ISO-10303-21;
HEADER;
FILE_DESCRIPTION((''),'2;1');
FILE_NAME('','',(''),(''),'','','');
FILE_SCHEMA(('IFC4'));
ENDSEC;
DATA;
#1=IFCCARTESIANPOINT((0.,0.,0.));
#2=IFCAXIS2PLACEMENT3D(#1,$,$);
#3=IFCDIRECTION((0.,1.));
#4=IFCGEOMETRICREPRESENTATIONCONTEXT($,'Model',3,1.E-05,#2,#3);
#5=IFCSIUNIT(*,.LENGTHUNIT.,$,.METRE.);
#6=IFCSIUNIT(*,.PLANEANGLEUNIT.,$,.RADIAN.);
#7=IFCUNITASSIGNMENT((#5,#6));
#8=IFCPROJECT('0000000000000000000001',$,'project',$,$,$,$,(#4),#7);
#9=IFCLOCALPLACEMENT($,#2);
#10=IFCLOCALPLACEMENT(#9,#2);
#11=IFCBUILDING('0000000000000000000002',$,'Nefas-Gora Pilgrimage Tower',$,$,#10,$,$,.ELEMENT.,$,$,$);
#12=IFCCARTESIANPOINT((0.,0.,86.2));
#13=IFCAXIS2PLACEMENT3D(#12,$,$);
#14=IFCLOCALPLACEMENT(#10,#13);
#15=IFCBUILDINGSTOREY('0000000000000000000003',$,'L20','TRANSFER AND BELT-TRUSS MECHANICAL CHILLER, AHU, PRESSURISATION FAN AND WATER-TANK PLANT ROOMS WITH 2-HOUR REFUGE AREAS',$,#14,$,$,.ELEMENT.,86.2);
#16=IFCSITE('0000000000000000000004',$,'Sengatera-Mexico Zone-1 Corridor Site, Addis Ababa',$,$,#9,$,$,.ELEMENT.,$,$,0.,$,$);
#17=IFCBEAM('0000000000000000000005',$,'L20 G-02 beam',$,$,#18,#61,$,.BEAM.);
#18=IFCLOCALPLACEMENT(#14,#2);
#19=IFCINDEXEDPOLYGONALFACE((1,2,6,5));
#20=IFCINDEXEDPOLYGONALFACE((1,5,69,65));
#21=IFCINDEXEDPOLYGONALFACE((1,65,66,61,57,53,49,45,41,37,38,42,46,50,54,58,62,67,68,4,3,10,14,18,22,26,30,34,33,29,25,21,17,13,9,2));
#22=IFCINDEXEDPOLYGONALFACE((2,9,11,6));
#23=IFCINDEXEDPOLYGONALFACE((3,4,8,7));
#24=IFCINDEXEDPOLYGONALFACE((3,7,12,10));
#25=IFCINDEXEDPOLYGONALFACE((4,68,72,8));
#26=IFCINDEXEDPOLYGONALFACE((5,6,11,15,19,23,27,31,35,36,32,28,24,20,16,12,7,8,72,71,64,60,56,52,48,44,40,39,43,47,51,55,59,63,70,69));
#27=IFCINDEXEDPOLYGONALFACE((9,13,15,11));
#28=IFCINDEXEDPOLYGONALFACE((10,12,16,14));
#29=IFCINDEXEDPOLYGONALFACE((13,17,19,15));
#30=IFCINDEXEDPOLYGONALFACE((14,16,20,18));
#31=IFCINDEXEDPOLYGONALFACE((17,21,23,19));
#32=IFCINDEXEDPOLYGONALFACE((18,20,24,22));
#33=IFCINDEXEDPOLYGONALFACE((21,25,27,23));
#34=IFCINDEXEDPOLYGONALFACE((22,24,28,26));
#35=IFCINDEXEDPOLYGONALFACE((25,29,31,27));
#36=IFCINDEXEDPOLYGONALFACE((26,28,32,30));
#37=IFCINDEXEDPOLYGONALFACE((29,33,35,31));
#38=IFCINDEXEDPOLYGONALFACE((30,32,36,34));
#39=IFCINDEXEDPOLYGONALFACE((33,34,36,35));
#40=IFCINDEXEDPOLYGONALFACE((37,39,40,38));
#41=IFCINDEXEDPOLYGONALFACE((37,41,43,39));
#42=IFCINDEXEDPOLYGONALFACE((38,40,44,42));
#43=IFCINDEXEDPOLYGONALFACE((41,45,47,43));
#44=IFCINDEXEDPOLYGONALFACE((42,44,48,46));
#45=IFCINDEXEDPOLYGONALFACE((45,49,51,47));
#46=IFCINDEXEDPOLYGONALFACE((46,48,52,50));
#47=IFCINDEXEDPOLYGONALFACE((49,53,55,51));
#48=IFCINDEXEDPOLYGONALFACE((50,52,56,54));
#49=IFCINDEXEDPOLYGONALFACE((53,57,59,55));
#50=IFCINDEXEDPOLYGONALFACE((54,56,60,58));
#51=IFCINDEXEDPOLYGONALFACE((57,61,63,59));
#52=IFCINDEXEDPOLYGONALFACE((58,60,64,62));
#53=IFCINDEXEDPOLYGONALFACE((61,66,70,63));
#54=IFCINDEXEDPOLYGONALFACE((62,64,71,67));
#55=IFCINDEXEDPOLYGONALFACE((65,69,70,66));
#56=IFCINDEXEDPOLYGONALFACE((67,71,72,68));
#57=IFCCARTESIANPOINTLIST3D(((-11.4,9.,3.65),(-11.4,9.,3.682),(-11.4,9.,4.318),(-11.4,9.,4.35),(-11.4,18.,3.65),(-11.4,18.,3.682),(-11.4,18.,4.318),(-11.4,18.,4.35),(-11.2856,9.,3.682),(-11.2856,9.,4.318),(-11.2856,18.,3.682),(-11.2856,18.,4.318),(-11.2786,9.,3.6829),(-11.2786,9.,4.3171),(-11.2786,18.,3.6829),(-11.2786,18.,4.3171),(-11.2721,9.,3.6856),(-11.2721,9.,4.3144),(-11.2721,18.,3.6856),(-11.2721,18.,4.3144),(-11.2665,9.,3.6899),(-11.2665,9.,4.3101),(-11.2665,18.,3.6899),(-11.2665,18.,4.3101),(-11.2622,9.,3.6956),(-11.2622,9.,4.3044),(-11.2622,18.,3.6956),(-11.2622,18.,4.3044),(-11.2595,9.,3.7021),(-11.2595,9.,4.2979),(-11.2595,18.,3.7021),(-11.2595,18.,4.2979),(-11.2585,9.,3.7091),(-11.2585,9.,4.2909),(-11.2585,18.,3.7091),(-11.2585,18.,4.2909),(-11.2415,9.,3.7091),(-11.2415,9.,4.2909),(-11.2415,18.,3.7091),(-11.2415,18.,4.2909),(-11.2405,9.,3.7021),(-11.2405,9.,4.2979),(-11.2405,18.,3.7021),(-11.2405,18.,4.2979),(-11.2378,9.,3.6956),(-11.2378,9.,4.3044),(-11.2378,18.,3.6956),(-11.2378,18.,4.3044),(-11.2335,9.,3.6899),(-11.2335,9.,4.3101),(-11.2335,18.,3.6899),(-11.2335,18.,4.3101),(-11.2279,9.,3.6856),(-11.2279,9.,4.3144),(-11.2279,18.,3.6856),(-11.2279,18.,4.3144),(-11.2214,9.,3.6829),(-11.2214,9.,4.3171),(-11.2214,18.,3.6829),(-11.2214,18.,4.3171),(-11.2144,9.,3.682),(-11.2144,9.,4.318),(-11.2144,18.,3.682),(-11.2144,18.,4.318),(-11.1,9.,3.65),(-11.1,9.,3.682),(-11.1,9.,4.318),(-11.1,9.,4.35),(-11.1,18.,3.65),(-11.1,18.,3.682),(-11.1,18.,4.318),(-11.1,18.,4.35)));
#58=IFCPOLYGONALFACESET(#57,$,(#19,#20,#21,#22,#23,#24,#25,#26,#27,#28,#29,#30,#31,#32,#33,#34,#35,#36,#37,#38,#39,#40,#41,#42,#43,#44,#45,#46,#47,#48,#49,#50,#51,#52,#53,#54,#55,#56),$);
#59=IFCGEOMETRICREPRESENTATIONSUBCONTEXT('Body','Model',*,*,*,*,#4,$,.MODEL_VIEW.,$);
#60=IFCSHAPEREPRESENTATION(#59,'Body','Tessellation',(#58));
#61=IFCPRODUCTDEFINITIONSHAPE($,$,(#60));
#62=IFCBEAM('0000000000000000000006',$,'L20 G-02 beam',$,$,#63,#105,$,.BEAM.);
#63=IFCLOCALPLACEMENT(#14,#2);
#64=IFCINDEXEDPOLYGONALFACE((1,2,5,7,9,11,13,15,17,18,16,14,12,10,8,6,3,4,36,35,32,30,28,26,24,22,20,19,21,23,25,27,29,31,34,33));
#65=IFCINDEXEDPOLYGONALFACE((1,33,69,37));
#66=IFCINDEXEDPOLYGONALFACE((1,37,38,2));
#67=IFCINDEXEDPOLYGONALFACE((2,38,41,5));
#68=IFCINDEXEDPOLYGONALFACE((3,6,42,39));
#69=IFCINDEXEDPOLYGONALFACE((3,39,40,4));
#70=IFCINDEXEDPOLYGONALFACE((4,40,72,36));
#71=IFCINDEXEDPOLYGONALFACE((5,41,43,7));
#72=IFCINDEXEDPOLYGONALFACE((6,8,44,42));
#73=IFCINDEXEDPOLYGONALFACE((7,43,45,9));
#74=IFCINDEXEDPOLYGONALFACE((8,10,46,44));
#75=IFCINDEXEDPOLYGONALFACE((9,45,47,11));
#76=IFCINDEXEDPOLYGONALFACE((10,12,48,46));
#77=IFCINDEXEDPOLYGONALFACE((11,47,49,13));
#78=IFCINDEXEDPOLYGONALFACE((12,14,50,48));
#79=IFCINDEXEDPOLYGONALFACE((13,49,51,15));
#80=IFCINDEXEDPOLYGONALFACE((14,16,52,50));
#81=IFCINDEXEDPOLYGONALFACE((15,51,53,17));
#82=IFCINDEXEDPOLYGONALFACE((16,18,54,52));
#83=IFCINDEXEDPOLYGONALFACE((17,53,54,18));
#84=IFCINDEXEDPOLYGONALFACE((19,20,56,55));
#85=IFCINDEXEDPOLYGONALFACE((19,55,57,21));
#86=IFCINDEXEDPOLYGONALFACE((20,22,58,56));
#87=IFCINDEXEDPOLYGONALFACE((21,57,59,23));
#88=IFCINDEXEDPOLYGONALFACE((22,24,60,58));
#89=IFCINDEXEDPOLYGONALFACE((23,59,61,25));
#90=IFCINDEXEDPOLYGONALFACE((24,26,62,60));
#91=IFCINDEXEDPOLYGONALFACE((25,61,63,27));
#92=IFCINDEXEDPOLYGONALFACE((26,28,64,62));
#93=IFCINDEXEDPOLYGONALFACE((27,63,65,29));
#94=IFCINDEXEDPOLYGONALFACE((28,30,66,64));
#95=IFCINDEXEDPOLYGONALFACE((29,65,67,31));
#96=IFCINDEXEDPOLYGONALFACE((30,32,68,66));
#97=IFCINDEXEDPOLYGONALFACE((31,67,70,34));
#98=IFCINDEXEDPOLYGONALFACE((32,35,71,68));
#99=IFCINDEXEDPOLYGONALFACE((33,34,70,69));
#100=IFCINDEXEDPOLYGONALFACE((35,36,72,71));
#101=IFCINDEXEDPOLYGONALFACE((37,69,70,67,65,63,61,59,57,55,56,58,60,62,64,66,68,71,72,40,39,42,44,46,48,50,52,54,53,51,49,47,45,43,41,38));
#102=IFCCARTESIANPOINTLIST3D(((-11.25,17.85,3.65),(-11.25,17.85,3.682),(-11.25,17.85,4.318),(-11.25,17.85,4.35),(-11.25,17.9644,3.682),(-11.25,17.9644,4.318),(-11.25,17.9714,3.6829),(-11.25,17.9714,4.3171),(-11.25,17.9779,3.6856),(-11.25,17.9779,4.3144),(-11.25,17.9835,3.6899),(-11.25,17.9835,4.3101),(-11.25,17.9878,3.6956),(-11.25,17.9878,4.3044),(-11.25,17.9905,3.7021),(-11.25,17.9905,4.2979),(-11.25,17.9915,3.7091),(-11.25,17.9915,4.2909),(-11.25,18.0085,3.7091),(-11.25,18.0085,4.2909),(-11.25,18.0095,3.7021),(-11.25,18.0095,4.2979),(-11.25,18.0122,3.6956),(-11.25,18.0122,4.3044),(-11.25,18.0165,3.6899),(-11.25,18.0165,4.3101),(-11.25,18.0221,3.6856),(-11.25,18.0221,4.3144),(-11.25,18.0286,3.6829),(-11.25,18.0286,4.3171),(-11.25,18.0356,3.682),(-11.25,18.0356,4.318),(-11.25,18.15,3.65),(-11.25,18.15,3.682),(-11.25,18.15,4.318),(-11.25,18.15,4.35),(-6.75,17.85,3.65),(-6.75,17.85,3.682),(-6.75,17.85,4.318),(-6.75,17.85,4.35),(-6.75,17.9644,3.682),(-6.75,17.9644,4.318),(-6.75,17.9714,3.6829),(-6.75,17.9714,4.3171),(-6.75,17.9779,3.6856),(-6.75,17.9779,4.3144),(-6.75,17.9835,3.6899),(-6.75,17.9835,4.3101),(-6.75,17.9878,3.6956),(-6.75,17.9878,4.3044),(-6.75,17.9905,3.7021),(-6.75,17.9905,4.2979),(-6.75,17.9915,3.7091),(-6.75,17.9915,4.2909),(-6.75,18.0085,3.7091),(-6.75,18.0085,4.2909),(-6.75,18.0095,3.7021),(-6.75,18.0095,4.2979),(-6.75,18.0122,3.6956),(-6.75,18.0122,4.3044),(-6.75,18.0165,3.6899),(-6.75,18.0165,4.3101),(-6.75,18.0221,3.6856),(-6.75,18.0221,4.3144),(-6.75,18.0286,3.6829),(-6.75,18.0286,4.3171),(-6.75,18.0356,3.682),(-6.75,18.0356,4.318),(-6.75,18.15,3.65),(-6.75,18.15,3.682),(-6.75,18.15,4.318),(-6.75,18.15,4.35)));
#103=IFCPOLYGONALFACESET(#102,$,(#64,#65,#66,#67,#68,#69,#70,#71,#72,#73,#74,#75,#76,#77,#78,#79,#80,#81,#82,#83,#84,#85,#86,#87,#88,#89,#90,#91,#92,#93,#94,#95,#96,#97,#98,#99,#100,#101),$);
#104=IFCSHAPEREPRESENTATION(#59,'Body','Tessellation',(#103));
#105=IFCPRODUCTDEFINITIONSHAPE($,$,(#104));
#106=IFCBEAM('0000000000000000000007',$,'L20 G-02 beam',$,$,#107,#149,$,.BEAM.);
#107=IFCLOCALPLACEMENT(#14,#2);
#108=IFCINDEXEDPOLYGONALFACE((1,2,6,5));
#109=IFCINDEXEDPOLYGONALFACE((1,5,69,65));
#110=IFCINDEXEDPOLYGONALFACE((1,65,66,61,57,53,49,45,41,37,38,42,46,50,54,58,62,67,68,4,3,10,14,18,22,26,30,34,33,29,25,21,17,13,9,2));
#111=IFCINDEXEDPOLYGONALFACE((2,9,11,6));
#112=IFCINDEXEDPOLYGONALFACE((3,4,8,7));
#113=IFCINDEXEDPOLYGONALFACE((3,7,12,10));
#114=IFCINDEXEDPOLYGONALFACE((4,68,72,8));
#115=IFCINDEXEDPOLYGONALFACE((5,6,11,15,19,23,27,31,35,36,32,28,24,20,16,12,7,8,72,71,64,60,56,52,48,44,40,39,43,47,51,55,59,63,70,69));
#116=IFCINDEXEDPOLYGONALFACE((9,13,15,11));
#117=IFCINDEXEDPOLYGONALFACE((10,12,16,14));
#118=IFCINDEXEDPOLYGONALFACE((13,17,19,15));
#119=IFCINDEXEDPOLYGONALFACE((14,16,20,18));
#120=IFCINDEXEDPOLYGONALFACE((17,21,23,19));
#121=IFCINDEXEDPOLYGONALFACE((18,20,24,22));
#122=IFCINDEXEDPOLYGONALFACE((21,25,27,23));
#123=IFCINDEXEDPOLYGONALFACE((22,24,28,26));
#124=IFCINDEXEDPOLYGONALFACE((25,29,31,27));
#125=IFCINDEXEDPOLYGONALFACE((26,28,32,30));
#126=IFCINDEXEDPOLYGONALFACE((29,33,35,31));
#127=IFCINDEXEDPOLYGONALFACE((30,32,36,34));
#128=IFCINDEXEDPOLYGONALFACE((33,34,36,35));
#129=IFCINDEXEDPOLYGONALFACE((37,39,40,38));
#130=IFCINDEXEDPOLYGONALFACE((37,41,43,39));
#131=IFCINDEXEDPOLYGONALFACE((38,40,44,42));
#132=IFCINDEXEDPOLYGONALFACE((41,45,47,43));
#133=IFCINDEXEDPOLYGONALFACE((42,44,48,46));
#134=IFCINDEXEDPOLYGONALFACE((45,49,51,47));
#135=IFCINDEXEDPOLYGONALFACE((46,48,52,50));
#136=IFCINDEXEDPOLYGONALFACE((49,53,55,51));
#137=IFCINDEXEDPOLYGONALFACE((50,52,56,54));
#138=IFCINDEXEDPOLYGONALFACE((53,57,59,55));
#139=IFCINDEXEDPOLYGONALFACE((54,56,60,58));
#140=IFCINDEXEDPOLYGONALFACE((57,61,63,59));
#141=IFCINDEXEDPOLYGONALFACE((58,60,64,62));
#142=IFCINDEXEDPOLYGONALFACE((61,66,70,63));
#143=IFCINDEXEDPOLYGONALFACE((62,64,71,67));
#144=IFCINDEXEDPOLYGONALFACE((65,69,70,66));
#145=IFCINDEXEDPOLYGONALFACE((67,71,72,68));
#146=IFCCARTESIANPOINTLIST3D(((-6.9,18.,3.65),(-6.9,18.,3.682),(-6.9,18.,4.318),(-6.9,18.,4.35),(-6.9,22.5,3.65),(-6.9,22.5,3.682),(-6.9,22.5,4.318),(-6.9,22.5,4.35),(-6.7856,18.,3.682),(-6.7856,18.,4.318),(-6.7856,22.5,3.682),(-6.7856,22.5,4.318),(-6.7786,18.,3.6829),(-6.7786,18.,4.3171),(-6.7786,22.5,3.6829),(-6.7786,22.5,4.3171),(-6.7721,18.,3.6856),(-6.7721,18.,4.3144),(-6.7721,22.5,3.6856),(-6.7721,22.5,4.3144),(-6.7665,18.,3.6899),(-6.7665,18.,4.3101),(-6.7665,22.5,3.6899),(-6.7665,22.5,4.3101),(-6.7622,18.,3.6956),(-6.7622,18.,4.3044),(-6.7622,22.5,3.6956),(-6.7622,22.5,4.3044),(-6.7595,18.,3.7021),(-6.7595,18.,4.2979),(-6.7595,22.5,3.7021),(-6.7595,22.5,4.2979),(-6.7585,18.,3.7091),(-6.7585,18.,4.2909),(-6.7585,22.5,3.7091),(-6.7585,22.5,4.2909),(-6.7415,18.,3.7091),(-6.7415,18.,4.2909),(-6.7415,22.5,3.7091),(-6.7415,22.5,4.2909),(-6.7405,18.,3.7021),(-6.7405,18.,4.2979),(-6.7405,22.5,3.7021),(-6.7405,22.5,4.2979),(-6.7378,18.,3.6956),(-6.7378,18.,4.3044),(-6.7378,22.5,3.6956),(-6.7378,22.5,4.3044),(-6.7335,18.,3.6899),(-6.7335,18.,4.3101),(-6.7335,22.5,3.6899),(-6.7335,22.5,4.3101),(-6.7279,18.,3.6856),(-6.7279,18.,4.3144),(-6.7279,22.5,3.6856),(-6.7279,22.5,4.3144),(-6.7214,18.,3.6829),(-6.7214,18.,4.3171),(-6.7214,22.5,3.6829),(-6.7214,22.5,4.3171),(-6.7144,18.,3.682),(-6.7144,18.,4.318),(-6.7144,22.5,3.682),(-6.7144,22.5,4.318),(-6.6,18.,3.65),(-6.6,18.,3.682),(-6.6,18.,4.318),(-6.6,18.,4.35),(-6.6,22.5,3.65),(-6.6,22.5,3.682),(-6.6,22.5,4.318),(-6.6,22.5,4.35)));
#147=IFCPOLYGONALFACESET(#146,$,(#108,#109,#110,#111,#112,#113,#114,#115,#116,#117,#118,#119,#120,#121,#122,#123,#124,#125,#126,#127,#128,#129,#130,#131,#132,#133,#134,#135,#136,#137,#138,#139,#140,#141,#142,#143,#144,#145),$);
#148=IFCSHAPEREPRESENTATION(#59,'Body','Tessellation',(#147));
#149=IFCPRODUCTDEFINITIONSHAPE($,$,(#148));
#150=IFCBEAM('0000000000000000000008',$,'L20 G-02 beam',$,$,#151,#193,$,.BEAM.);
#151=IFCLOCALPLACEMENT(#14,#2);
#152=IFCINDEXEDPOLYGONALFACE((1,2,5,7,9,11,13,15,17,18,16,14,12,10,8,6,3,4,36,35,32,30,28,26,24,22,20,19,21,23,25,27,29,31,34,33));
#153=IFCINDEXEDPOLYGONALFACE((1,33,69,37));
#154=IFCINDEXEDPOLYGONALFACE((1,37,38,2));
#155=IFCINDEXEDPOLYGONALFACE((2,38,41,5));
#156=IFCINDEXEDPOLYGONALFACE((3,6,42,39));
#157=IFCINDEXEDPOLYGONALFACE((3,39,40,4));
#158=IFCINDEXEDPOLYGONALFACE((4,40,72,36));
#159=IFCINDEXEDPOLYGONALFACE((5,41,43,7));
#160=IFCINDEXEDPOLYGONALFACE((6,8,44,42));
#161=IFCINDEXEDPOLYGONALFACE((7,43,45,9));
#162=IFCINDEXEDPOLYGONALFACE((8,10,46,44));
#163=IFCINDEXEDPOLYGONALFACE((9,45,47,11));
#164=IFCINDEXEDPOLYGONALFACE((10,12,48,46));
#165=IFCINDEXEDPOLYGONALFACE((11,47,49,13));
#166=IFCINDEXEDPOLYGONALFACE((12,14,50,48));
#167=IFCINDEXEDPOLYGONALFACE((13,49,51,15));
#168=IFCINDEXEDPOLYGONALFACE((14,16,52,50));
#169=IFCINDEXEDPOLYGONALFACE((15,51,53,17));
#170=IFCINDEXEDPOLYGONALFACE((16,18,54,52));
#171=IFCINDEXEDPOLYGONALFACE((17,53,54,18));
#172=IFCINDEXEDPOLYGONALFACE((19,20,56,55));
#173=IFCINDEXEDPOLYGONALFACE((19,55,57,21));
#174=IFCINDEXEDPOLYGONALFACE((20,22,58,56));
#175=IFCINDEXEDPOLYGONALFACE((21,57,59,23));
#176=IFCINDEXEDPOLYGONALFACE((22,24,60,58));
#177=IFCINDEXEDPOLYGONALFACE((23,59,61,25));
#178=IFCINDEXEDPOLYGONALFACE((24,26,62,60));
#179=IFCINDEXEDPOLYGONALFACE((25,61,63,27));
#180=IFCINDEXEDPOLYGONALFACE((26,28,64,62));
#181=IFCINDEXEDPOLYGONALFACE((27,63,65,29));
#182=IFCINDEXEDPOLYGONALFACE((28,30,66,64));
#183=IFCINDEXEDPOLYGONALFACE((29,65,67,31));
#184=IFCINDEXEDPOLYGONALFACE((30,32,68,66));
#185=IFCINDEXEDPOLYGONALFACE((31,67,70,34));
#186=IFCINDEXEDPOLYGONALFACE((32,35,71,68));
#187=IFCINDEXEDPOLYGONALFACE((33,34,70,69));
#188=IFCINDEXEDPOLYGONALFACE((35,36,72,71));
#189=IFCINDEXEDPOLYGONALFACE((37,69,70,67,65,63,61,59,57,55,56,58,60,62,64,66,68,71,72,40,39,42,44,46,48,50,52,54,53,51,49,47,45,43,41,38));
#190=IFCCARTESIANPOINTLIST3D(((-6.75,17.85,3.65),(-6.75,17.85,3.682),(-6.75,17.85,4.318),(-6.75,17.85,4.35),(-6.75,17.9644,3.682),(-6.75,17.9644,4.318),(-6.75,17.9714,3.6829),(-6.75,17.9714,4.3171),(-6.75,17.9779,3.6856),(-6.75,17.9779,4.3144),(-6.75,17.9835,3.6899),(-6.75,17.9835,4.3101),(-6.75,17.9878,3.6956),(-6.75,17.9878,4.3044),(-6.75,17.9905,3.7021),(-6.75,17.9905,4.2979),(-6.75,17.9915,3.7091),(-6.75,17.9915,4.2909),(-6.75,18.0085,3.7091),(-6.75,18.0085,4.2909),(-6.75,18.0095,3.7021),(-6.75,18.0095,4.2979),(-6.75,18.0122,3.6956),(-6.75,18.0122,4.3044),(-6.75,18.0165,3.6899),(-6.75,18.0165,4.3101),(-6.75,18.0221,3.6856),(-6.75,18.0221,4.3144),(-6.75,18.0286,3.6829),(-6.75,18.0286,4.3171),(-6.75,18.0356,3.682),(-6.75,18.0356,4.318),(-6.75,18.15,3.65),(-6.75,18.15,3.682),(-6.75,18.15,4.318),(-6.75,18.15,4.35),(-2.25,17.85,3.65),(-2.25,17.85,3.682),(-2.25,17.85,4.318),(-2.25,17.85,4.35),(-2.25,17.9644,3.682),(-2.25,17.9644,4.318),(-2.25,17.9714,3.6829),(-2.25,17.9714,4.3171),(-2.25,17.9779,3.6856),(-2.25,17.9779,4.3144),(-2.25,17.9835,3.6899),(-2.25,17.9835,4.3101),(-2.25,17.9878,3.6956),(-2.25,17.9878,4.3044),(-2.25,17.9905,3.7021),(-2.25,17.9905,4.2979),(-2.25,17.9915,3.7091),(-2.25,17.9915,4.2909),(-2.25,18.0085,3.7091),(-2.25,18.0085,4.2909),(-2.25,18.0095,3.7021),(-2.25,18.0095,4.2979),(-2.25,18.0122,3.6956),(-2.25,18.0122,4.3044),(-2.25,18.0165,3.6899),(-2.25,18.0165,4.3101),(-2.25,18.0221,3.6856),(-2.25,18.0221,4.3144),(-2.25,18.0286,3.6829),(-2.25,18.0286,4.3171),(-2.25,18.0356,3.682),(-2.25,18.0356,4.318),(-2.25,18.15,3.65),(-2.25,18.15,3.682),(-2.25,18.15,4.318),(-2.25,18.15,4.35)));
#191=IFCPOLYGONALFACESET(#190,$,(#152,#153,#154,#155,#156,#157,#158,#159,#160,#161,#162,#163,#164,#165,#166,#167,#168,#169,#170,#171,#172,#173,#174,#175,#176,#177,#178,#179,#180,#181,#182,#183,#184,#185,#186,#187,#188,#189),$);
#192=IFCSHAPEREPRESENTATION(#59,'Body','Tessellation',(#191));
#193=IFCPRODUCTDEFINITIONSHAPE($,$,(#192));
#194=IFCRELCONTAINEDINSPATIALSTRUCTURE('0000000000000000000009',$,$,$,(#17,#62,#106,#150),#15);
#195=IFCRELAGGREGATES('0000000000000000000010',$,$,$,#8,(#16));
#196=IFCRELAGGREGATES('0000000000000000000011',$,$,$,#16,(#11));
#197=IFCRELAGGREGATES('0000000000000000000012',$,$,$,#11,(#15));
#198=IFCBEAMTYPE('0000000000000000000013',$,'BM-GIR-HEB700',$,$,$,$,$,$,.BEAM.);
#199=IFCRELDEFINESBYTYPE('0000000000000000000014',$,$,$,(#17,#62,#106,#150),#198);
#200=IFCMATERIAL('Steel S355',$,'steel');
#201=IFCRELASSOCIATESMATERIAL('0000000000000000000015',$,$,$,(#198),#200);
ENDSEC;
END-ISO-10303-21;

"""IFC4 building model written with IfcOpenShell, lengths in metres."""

from ifc_helpers import new_model, si_unit, direction, frame, origin, origin_2d, place, context, subcontext, project, spatial, i_section, extrude, source, transform, mapped, material, material_profile, profile_set, type_object, element, save


model = new_model("IFC4")

# Units and contexts
model_context = context("Model", 3, precision=1e-05, world=origin(), true_north=direction((0.0, 1.0)))
body_context = subcontext(model_context, "Body", "Model", "MODEL_VIEW")
ifc_project = project(units=[si_unit("LENGTHUNIT", "METRE"), si_unit("PLANEANGLEUNIT", "RADIAN")], contexts=[model_context])

# Site, building, storey
site_placement = place(None, origin())
site = spatial("IfcSite", under=ifc_project, at=site_placement, Name="Sengatera-Mexico Zone-1 Corridor Site, Addis Ababa", CompositionType="ELEMENT", RefElevation=0.0)
building_placement = place(site_placement, origin())
building = spatial("IfcBuilding", under=site, at=building_placement, Name="Nefas-Gora Pilgrimage Tower", CompositionType="ELEMENT")
storey_placement = place(building_placement, frame((0.0, 0.0, 86.2)))
storey = spatial("IfcBuildingStorey", under=building, at=storey_placement, Name="L20", Description="TRANSFER AND BELT-TRUSS MECHANICAL CHILLER, AHU, PRESSURISATION FAN AND WATER-TANK PLANT ROOMS WITH 2-HOUR REFUGE AREAS", CompositionType="ELEMENT", Elevation=86.2)

# Beams
ifc_material_1 = material(Name="Steel S355", Category="steel")
ifc_material_profile_1 = material_profile(ifc_material_1, i_section(OverallWidth=0.3, OverallDepth=0.7, WebThickness=0.0171, FlangeThickness=0.032, FilletRadius=0.0271, at=origin_2d()), Name="HEB 700")
ifc_profile_set_1 = profile_set([ifc_material_profile_1], Name="Steel S355")
beam_type_1 = type_object("IfcBeamType", Name="BM-GIR-HEB700", PredefinedType="BEAM", material=ifc_profile_set_1)
shared_shape_1 = source(origin(), body_context, "Body", "SweptSolid", [
    extrude(i_section(OverallWidth=0.3, OverallDepth=0.7, WebThickness=0.0171, FlangeThickness=0.032, FilletRadius=0.0271, at=origin_2d()), origin(), (0.0, 0.0, 1.0), 9.0),
])
beam_1_placement = place(storey_placement, frame((-11.25, 9.0, 4.0), z_axis=(0.0, 1.0, 0.0), x_axis=(-1.0, 0.0, 0.0)))
element("IfcBeam", 1, at=beam_1_placement, inside=storey, type_object=beam_type_1, Name="L20 G-02 beam", PredefinedType="BEAM", context=body_context, shape_type="MappedRepresentation", body=[
    mapped(shared_shape_1, transform((0.0, 0.0, 0.0), x_axis=(1.0, 0.0, 0.0), y_axis=(0.0, 1.0, 0.0), z_axis=(0.0, 0.0, 1.0), scale=1.0)),
])
shared_shape_2 = source(origin(), body_context, "Body", "SweptSolid", [
    extrude(i_section(OverallWidth=0.3, OverallDepth=0.7, WebThickness=0.0171, FlangeThickness=0.032, FilletRadius=0.0271, at=origin_2d()), origin(), (0.0, 0.0, 1.0), 4.5),
])
for number, where, z_axis, x_axis, name in (
    (2, (-11.25, 18.0, 4.0), (1.0, 0.0, 0.0), (0.0, 1.0, 0.0), "L20 G-02 beam"),
    (3, (-6.75, 18.0, 4.0), (0.0, 1.0, 0.0), (-1.0, 0.0, 0.0), "L20 G-02 beam"),
    (4, (-6.75, 18.0, 4.0), (1.0, 0.0, 0.0), (0.0, 1.0, 0.0), "L20 G-02 beam"),
):
    element("IfcBeam", number, at=place(storey_placement, frame(where, z_axis=z_axis, x_axis=x_axis)), inside=storey, type_object=beam_type_1, Name=name, PredefinedType="BEAM", context=body_context, shape_type="MappedRepresentation", body=[
        mapped(shared_shape_2, transform((0.0, 0.0, 0.0), x_axis=(1.0, 0.0, 0.0), y_axis=(0.0, 1.0, 0.0), z_axis=(0.0, 0.0, 1.0), scale=1.0)),
    ])

save(model, "model.ifc")
